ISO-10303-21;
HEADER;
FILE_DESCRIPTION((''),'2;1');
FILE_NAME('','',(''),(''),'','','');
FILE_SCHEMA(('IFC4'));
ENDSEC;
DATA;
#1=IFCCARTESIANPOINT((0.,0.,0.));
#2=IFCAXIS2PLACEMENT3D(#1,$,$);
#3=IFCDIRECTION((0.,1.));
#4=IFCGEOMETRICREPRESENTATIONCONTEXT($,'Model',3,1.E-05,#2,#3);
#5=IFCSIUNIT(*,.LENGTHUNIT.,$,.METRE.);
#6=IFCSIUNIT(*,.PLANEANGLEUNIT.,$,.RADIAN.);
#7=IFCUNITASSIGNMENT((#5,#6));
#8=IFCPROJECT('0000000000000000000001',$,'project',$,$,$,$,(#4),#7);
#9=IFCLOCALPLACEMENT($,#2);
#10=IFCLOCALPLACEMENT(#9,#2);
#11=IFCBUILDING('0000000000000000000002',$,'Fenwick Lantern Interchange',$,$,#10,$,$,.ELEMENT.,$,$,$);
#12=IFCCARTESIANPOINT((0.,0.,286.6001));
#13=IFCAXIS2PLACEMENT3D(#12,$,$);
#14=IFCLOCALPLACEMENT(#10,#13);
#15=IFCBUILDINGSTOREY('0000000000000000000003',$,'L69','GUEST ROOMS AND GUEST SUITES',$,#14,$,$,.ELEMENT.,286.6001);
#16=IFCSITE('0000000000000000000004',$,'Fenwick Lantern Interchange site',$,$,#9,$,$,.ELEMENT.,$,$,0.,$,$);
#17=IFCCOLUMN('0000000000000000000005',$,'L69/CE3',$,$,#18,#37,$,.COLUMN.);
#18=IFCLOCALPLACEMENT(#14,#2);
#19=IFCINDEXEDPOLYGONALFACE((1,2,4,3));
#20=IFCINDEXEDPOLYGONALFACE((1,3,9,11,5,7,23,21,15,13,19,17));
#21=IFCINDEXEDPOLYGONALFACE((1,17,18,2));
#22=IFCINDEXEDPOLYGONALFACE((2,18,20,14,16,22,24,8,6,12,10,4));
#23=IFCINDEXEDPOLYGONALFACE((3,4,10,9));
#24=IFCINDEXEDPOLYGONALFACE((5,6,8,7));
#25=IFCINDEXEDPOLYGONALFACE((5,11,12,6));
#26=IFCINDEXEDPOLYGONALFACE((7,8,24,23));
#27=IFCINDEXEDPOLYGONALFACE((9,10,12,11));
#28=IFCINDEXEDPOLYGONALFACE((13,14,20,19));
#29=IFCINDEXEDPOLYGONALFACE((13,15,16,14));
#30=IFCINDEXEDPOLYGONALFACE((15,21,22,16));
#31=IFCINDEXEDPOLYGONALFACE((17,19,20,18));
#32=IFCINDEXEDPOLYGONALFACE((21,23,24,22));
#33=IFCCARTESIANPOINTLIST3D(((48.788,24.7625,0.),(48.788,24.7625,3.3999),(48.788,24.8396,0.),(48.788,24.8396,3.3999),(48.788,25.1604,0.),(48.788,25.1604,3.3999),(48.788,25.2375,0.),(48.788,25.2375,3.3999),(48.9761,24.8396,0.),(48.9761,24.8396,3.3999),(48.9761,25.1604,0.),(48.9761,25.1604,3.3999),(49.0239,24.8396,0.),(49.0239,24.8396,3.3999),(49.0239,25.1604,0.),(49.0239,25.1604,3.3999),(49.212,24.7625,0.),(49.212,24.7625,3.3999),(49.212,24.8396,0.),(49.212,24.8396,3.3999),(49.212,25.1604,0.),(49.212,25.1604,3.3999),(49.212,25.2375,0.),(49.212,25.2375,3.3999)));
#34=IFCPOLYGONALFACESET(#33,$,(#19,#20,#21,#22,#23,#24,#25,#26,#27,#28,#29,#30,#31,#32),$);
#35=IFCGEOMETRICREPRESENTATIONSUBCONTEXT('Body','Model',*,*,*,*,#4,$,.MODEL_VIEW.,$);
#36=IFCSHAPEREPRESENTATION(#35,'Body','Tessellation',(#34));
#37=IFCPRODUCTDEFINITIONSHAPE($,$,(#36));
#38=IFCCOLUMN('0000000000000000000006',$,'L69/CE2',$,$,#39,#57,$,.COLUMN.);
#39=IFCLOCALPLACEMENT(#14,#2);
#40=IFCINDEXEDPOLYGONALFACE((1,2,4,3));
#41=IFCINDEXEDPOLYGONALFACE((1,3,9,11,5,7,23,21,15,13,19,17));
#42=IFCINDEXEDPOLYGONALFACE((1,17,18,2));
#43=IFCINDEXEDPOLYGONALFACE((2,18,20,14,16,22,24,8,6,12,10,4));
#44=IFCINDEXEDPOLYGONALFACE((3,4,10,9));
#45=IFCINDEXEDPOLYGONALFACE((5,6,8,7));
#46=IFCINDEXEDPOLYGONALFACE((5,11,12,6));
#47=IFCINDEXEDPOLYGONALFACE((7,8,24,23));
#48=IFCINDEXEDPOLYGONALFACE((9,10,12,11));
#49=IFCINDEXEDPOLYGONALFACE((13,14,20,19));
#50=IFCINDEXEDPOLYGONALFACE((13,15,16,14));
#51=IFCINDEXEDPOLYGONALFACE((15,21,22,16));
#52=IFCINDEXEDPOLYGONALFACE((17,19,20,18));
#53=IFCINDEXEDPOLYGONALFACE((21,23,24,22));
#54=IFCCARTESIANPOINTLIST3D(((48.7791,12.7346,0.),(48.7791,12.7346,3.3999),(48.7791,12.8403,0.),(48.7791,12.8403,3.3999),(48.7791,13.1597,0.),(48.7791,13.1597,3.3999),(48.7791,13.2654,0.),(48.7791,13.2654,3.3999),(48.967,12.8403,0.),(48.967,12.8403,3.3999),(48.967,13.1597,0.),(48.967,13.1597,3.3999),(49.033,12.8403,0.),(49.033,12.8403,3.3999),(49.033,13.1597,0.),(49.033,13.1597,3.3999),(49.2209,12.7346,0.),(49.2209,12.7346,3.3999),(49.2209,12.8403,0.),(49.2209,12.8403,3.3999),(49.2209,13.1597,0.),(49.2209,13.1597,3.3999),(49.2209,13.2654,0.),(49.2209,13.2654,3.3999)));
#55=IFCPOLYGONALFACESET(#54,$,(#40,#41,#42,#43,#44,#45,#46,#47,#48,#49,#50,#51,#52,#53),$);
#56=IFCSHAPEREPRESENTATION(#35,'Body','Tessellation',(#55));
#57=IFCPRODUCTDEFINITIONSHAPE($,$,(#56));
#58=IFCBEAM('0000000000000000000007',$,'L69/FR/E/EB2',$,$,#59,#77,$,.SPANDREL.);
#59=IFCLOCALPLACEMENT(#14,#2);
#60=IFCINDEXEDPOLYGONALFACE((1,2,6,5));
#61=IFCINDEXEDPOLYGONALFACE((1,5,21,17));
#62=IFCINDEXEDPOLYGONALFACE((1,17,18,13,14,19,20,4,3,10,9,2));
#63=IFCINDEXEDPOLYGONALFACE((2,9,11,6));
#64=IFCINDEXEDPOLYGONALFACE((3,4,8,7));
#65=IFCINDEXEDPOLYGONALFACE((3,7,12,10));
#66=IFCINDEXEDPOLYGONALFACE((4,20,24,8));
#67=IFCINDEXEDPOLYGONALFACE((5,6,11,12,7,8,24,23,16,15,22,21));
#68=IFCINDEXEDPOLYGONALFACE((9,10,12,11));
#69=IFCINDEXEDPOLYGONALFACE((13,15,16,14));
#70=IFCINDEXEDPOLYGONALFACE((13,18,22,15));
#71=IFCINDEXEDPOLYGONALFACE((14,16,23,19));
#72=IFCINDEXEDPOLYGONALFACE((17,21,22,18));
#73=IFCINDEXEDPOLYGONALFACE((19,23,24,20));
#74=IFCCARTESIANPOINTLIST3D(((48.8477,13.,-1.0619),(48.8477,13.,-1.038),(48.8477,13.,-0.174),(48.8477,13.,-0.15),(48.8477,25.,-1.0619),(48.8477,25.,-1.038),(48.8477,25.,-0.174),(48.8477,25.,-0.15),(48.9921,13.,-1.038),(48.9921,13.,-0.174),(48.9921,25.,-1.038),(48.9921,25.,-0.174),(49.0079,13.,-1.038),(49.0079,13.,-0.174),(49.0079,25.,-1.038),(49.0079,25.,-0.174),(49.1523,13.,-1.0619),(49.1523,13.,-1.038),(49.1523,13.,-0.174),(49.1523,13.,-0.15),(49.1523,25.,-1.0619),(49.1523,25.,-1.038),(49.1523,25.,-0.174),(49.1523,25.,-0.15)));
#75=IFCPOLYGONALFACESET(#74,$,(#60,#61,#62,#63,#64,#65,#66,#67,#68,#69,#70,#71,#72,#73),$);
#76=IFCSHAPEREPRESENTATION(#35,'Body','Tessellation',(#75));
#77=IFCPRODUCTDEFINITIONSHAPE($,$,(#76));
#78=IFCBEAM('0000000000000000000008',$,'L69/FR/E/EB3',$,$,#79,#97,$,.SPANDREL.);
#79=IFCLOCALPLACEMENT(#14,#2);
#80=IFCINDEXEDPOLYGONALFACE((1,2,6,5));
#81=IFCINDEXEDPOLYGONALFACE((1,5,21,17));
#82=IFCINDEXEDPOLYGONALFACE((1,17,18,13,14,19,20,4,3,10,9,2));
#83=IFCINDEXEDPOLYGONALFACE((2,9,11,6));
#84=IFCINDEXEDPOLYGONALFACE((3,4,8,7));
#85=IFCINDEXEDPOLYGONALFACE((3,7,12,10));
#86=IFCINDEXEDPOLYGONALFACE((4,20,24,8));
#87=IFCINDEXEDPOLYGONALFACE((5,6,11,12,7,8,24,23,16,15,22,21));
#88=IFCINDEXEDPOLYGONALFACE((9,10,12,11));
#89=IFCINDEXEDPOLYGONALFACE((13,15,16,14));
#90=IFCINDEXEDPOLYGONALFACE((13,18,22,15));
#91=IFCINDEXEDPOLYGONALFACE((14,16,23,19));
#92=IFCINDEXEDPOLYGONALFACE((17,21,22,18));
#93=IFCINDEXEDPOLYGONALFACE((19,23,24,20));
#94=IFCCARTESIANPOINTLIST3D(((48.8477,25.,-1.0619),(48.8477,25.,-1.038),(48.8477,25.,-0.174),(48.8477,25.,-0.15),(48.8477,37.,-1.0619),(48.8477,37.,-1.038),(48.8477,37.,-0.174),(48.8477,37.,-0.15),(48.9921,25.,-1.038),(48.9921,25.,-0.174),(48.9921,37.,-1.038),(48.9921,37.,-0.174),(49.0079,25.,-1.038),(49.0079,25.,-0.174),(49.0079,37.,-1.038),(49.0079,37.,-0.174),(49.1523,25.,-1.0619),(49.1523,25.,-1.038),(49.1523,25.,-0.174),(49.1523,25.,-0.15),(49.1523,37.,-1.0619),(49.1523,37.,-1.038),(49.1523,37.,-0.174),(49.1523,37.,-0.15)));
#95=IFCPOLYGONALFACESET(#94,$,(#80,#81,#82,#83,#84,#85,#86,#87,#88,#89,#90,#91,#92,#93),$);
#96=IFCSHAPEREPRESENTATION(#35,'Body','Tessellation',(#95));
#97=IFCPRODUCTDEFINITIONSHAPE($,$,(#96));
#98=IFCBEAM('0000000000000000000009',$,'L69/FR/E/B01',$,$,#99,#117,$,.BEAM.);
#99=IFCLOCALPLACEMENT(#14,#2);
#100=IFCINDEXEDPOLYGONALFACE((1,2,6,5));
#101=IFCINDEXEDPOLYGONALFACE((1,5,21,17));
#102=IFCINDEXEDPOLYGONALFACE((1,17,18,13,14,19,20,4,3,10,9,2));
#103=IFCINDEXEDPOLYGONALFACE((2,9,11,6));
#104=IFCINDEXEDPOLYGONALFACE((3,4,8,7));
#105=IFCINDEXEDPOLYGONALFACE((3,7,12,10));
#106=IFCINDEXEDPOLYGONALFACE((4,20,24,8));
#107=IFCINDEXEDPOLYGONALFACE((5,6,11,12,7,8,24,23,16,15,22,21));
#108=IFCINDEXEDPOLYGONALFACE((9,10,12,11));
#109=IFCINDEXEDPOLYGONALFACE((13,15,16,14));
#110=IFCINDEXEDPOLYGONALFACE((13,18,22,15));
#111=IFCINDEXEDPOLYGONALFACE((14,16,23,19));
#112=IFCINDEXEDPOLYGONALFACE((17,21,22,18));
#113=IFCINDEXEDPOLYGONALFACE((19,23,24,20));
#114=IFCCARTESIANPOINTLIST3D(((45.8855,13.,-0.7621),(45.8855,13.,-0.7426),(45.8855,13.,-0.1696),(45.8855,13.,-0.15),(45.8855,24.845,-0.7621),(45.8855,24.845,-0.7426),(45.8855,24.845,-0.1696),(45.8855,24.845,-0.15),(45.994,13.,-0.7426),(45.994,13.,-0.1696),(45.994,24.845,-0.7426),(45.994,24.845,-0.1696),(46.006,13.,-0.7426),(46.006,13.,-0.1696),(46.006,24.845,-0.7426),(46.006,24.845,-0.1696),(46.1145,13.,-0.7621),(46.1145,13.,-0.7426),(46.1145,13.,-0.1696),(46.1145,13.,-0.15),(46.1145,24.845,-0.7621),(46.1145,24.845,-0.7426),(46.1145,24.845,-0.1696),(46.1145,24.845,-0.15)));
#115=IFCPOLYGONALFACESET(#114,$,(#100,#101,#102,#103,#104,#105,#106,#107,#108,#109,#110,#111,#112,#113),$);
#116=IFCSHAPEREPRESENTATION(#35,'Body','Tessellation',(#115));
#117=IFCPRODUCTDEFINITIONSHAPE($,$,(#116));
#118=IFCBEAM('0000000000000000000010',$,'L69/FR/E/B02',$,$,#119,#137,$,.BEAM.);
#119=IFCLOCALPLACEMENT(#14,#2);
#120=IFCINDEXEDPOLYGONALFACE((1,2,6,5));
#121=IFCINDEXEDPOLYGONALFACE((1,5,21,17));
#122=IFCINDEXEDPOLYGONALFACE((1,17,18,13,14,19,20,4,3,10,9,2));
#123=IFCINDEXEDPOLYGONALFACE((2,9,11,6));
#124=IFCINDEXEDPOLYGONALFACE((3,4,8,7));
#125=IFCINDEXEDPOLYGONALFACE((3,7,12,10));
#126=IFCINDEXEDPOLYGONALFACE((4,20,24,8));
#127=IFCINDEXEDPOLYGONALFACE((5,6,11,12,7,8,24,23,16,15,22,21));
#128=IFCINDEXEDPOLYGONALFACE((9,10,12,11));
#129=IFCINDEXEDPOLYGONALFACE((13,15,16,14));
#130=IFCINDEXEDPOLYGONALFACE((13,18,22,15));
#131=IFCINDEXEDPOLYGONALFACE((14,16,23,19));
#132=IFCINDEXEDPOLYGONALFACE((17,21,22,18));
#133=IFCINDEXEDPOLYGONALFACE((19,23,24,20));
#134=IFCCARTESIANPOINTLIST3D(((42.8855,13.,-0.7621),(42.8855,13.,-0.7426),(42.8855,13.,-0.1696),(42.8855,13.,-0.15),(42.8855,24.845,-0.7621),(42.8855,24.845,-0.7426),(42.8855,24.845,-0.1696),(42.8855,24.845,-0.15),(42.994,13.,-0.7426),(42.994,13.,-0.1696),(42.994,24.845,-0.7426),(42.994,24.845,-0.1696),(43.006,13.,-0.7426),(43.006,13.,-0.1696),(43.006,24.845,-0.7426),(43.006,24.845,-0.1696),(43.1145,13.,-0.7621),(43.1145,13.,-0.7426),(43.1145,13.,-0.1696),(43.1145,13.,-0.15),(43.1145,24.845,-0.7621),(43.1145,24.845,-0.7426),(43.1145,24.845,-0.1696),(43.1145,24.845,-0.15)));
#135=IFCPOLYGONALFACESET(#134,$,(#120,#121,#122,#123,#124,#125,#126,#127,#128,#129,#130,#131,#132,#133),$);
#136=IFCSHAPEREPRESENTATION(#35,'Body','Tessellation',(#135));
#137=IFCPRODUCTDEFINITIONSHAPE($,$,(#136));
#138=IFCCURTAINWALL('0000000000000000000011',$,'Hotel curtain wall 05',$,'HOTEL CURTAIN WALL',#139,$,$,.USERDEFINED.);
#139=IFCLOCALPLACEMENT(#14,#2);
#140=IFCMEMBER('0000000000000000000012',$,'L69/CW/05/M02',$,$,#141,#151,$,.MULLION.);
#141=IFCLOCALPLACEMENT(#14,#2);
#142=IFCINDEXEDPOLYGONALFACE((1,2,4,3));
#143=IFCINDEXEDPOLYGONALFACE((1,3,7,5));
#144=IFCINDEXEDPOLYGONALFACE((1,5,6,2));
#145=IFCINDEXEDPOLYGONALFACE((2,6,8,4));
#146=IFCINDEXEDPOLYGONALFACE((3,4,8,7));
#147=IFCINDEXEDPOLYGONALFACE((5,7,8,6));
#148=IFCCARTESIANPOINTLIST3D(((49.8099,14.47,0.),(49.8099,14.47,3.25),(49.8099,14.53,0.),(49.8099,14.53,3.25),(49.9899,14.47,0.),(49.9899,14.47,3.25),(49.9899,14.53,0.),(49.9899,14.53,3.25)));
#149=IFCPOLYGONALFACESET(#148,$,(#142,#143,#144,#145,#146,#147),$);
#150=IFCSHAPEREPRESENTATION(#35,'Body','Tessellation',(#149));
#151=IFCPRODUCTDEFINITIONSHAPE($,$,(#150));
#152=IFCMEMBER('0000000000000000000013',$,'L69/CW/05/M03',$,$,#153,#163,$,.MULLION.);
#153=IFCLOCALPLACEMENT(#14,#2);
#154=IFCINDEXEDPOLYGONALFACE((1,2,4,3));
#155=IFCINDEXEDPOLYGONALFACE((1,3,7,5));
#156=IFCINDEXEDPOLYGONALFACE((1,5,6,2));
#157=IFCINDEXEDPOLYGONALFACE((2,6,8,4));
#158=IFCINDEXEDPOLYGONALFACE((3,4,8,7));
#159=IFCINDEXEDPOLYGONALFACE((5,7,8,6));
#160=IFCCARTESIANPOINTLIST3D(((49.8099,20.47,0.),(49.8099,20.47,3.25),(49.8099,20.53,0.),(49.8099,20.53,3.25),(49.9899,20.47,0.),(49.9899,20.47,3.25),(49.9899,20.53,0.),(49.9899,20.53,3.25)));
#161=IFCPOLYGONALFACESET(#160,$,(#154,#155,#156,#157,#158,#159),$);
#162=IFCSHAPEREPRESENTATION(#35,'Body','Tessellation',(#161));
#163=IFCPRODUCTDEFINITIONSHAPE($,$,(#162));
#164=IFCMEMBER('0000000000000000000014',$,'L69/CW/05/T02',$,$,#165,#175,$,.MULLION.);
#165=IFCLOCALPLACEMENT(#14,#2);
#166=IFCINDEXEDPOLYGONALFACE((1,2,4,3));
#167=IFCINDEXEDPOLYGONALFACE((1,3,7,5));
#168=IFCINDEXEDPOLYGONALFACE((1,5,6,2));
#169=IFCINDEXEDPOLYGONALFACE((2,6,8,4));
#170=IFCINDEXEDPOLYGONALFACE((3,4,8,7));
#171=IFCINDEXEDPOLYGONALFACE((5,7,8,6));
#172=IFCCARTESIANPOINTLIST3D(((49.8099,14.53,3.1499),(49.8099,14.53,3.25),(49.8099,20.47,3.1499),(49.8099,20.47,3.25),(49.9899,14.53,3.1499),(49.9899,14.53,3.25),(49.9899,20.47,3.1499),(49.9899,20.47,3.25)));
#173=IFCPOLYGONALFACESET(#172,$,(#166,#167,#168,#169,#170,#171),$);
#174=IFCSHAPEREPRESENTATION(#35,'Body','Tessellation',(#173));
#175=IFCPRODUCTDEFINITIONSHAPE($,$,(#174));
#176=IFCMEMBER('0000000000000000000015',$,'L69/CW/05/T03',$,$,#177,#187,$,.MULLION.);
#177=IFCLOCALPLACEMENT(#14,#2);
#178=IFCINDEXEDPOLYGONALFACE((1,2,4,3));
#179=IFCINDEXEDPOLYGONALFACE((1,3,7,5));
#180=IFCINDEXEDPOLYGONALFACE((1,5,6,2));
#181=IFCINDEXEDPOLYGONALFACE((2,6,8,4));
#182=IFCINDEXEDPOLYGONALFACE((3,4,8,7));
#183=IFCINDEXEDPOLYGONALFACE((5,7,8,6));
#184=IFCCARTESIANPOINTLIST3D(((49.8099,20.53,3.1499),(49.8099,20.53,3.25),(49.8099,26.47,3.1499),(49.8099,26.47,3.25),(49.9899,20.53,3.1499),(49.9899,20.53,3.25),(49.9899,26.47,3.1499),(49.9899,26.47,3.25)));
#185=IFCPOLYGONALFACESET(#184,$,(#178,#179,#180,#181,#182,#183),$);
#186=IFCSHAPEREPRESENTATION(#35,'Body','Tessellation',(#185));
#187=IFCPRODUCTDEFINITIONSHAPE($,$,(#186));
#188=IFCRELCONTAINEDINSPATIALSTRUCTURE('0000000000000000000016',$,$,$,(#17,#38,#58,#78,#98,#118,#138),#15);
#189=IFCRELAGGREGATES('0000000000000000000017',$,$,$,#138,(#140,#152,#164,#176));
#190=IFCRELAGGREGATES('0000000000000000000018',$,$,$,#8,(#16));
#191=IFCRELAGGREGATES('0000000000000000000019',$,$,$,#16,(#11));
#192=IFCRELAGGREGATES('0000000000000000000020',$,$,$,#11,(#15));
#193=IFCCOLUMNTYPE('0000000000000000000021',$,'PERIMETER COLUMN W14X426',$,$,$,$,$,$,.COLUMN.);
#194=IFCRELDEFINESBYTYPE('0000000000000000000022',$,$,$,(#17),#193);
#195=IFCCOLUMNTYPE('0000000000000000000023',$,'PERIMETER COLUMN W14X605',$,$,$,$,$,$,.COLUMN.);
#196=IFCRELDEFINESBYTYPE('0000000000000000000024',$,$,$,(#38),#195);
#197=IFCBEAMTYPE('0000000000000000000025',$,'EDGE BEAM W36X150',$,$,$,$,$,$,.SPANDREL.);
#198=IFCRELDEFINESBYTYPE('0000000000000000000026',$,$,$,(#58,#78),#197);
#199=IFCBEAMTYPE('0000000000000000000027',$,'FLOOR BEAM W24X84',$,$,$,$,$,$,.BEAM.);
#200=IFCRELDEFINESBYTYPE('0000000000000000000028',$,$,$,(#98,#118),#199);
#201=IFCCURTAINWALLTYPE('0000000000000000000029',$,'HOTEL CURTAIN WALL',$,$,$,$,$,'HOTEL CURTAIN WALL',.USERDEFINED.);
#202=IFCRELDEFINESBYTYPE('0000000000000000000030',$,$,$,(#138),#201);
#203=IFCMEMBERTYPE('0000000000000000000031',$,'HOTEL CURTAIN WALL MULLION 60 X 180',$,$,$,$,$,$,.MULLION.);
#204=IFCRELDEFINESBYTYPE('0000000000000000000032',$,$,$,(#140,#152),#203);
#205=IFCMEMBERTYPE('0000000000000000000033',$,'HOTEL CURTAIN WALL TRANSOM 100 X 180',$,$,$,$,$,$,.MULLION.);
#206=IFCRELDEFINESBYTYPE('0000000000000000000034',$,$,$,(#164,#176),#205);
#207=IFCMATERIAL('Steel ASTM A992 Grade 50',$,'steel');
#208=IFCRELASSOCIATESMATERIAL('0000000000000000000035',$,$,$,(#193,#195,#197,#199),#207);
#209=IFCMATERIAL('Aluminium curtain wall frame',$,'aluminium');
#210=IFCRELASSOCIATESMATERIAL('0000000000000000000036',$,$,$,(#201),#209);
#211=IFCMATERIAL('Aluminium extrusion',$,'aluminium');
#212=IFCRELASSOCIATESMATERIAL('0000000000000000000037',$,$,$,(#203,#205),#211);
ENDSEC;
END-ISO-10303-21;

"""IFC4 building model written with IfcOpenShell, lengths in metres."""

from ifc_helpers import new_model, si_unit, direction, frame, origin, origin_2d, place, context, subcontext, project, spatial, rectangle, i_section, extrude, material, material_profile, profile_set, type_object, element, aggregate, save


model = new_model("IFC4")

# Units and contexts
model_context = context("Model", 3, precision=1e-05, world=origin(), true_north=direction((0.0, 1.0)))
body_context = subcontext(model_context, "Body", "Model", "MODEL_VIEW")
ifc_project = project(units=[si_unit("LENGTHUNIT", "METRE"), si_unit("PLANEANGLEUNIT", "RADIAN")], contexts=[model_context])

# Site, building, storey
site_placement = place(None, origin())
site = spatial("IfcSite", under=ifc_project, at=site_placement, Name="Fenwick Lantern Interchange site", CompositionType="ELEMENT", RefElevation=0.0)
building_placement = place(site_placement, origin())
building = spatial("IfcBuilding", under=site, at=building_placement, Name="Fenwick Lantern Interchange", CompositionType="ELEMENT")
storey_placement = place(building_placement, frame((0.0, 0.0, 286.6001)))
storey = spatial("IfcBuildingStorey", under=building, at=storey_placement, Name="L69", Description="GUEST ROOMS AND GUEST SUITES", CompositionType="ELEMENT", Elevation=286.6001)

# Columns
ifc_material_1 = material(Name="Steel ASTM A992 Grade 50", Category="steel")
ifc_material_profile_1 = material_profile(ifc_material_1, i_section(OverallWidth=0.4241, OverallDepth=0.4751, WebThickness=0.0479, FlangeThickness=0.0771, at=origin_2d()), Name="W14X426")
ifc_profile_set_1 = profile_set([ifc_material_profile_1], Name="Steel ASTM A992 Grade 50")
column_type_1 = type_object("IfcColumnType", Name="PERIMETER COLUMN W14X426", PredefinedType="COLUMN", material=ifc_profile_set_1)
column_1_placement = place(storey_placement, frame((49.0, 25.0, 0.0), z_axis=(0.0, 0.0, 1.0), x_axis=(1.0, 0.0, 0.0)))
element("IfcColumn", 1, at=column_1_placement, inside=storey, type_object=column_type_1, Name="L69/CE3", PredefinedType="COLUMN", context=body_context, shape_type="SweptSolid", body=[
    extrude(i_section(OverallWidth=0.4241, OverallDepth=0.4751, WebThickness=0.0479, FlangeThickness=0.0771, at=origin_2d()), origin(), (0.0, 0.0, 1.0), 3.3999),
])
ifc_material_profile_2 = material_profile(ifc_material_1, i_section(OverallWidth=0.4419, OverallDepth=0.5308, WebThickness=0.0659, FlangeThickness=0.1057, at=origin_2d()), Name="W14X605")
ifc_profile_set_2 = profile_set([ifc_material_profile_2], Name="Steel ASTM A992 Grade 50")
column_type_2 = type_object("IfcColumnType", Name="PERIMETER COLUMN W14X605", PredefinedType="COLUMN", material=ifc_profile_set_2)
column_2_placement = place(storey_placement, frame((49.0, 13.0, 0.0), z_axis=(0.0, 0.0, 1.0), x_axis=(1.0, 0.0, 0.0)))
element("IfcColumn", 2, at=column_2_placement, inside=storey, type_object=column_type_2, Name="L69/CE2", PredefinedType="COLUMN", context=body_context, shape_type="SweptSolid", body=[
    extrude(i_section(OverallWidth=0.4419, OverallDepth=0.5308, WebThickness=0.0659, FlangeThickness=0.1057, at=origin_2d()), origin(), (0.0, 0.0, 1.0), 3.3999),
])

# Beams
ifc_material_profile_3 = material_profile(ifc_material_1, i_section(OverallWidth=0.3047, OverallDepth=0.9119, WebThickness=0.0159, FlangeThickness=0.0239, at=origin_2d()), Name="W36X150")
ifc_profile_set_3 = profile_set([ifc_material_profile_3], Name="Steel ASTM A992 Grade 50")
beam_type_1 = type_object("IfcBeamType", Name="EDGE BEAM W36X150", PredefinedType="SPANDREL", material=ifc_profile_set_3)
for number, where, z_axis, x_axis, name in (
    (3, (49.0, 13.0, -0.606), (0.0, 1.0, 0.0), (-1.0, 0.0, 0.0), "L69/FR/E/EB2"),
    (4, (49.0, 25.0, -0.606), (0.0, 1.0, 0.0), (-1.0, 0.0, 0.0), "L69/FR/E/EB3"),
):
    element("IfcBeam", number, at=place(storey_placement, frame(where, z_axis=z_axis, x_axis=x_axis)), inside=storey, type_object=beam_type_1, Name=name, PredefinedType="SPANDREL", context=body_context, shape_type="SweptSolid", body=[
        extrude(i_section(OverallWidth=0.3047, OverallDepth=0.9119, WebThickness=0.0159, FlangeThickness=0.0239, at=origin_2d()), origin(), (0.0, 0.0, 1.0), 12.0),
    ])
ifc_material_profile_4 = material_profile(ifc_material_1, i_section(OverallWidth=0.229, OverallDepth=0.6121, WebThickness=0.012, FlangeThickness=0.0195, at=origin_2d()), Name="W24X84")
ifc_profile_set_4 = profile_set([ifc_material_profile_4], Name="Steel ASTM A992 Grade 50")
beam_type_2 = type_object("IfcBeamType", Name="FLOOR BEAM W24X84", PredefinedType="BEAM", material=ifc_profile_set_4)
for number, where, z_axis, x_axis, name in (
    (5, (46.0, 13.0, -0.4561), (0.0, 1.0, 0.0), (-1.0, 0.0, 0.0), "L69/FR/E/B01"),
    (6, (43.0, 13.0, -0.4561), (0.0, 1.0, 0.0), (-1.0, 0.0, 0.0), "L69/FR/E/B02"),
):
    element("IfcBeam", number, at=place(storey_placement, frame(where, z_axis=z_axis, x_axis=x_axis)), inside=storey, type_object=beam_type_2, Name=name, PredefinedType="BEAM", context=body_context, shape_type="SweptSolid", body=[
        extrude(i_section(OverallWidth=0.229, OverallDepth=0.6121, WebThickness=0.012, FlangeThickness=0.0195, at=origin_2d()), origin(), (0.0, 0.0, 1.0), 11.845),
    ])

# Curtain wall, members
ifc_material_2 = material(Name="Aluminium curtain wall frame", Category="aluminium")
curtain_wall_type = type_object("IfcCurtainWallType", Name="HOTEL CURTAIN WALL", ElementType="HOTEL CURTAIN WALL", PredefinedType="USERDEFINED", material=ifc_material_2)
curtain_wall_placement = place(storey_placement, origin())
curtain_wall = element("IfcCurtainWall", 7, at=curtain_wall_placement, inside=storey, type_object=curtain_wall_type, Name="Hotel curtain wall 05", ObjectType="HOTEL CURTAIN WALL", PredefinedType="USERDEFINED")
ifc_material_3 = material(Name="Aluminium extrusion", Category="aluminium")
ifc_material_profile_5 = material_profile(ifc_material_3, rectangle(XDim=0.1799, YDim=0.0601, at=origin_2d()), Name="HOTEL CURTAIN WALL MULLION 60 X 180")
ifc_profile_set_5 = profile_set([ifc_material_profile_5], Name="Aluminium extrusion")
member_type_1 = type_object("IfcMemberType", Name="HOTEL CURTAIN WALL MULLION 60 X 180", PredefinedType="MULLION", material=ifc_profile_set_5)
member_1_placement = place(storey_placement, frame((49.8999, 14.5, 0.0), z_axis=(0.0, 0.0, 1.0), x_axis=(-1.0, 0.0, 0.0)))
member_1 = element("IfcMember", 8, at=member_1_placement, type_object=member_type_1, Name="L69/CW/05/M02", PredefinedType="MULLION", context=body_context, shape_type="SweptSolid", body=[
    extrude(rectangle(XDim=0.1799, YDim=0.0601, at=origin_2d()), origin(), (0.0, 0.0, 1.0), 3.25),
])
member_2_placement = place(storey_placement, frame((49.8999, 20.5, 0.0), z_axis=(0.0, 0.0, 1.0), x_axis=(-1.0, 0.0, 0.0)))
member_2 = element("IfcMember", 9, at=member_2_placement, type_object=member_type_1, Name="L69/CW/05/M03", PredefinedType="MULLION", context=body_context, shape_type="SweptSolid", body=[
    extrude(rectangle(XDim=0.1799, YDim=0.0601, at=origin_2d()), origin(), (0.0, 0.0, 1.0), 3.25),
])
ifc_material_profile_6 = material_profile(ifc_material_3, rectangle(XDim=0.1799, YDim=0.1001, at=origin_2d()), Name="HOTEL CURTAIN WALL TRANSOM 100 X 180")
ifc_profile_set_6 = profile_set([ifc_material_profile_6], Name="Aluminium extrusion")
member_type_2 = type_object("IfcMemberType", Name="HOTEL CURTAIN WALL TRANSOM 100 X 180", PredefinedType="MULLION", material=ifc_profile_set_6)
member_3_placement = place(storey_placement, frame((49.8999, 14.53, 3.2), z_axis=(0.0, 1.0, 0.0), x_axis=(-1.0, 0.0, 0.0)))
member_3 = element("IfcMember", 10, at=member_3_placement, type_object=member_type_2, Name="L69/CW/05/T02", PredefinedType="MULLION", context=body_context, shape_type="SweptSolid", body=[
    extrude(rectangle(XDim=0.1799, YDim=0.1001, at=origin_2d()), origin(), (0.0, 0.0, 1.0), 5.9399),
])
member_4_placement = place(storey_placement, frame((49.8999, 20.53, 3.2), z_axis=(0.0, 1.0, 0.0), x_axis=(-1.0, 0.0, 0.0)))
member_4 = element("IfcMember", 11, at=member_4_placement, type_object=member_type_2, Name="L69/CW/05/T03", PredefinedType="MULLION", context=body_context, shape_type="SweptSolid", body=[
    extrude(rectangle(XDim=0.1799, YDim=0.1001, at=origin_2d()), origin(), (0.0, 0.0, 1.0), 5.9399),
])
aggregate(curtain_wall, [member_1, member_2, member_3, member_4])

save(model, "model.ifc")
